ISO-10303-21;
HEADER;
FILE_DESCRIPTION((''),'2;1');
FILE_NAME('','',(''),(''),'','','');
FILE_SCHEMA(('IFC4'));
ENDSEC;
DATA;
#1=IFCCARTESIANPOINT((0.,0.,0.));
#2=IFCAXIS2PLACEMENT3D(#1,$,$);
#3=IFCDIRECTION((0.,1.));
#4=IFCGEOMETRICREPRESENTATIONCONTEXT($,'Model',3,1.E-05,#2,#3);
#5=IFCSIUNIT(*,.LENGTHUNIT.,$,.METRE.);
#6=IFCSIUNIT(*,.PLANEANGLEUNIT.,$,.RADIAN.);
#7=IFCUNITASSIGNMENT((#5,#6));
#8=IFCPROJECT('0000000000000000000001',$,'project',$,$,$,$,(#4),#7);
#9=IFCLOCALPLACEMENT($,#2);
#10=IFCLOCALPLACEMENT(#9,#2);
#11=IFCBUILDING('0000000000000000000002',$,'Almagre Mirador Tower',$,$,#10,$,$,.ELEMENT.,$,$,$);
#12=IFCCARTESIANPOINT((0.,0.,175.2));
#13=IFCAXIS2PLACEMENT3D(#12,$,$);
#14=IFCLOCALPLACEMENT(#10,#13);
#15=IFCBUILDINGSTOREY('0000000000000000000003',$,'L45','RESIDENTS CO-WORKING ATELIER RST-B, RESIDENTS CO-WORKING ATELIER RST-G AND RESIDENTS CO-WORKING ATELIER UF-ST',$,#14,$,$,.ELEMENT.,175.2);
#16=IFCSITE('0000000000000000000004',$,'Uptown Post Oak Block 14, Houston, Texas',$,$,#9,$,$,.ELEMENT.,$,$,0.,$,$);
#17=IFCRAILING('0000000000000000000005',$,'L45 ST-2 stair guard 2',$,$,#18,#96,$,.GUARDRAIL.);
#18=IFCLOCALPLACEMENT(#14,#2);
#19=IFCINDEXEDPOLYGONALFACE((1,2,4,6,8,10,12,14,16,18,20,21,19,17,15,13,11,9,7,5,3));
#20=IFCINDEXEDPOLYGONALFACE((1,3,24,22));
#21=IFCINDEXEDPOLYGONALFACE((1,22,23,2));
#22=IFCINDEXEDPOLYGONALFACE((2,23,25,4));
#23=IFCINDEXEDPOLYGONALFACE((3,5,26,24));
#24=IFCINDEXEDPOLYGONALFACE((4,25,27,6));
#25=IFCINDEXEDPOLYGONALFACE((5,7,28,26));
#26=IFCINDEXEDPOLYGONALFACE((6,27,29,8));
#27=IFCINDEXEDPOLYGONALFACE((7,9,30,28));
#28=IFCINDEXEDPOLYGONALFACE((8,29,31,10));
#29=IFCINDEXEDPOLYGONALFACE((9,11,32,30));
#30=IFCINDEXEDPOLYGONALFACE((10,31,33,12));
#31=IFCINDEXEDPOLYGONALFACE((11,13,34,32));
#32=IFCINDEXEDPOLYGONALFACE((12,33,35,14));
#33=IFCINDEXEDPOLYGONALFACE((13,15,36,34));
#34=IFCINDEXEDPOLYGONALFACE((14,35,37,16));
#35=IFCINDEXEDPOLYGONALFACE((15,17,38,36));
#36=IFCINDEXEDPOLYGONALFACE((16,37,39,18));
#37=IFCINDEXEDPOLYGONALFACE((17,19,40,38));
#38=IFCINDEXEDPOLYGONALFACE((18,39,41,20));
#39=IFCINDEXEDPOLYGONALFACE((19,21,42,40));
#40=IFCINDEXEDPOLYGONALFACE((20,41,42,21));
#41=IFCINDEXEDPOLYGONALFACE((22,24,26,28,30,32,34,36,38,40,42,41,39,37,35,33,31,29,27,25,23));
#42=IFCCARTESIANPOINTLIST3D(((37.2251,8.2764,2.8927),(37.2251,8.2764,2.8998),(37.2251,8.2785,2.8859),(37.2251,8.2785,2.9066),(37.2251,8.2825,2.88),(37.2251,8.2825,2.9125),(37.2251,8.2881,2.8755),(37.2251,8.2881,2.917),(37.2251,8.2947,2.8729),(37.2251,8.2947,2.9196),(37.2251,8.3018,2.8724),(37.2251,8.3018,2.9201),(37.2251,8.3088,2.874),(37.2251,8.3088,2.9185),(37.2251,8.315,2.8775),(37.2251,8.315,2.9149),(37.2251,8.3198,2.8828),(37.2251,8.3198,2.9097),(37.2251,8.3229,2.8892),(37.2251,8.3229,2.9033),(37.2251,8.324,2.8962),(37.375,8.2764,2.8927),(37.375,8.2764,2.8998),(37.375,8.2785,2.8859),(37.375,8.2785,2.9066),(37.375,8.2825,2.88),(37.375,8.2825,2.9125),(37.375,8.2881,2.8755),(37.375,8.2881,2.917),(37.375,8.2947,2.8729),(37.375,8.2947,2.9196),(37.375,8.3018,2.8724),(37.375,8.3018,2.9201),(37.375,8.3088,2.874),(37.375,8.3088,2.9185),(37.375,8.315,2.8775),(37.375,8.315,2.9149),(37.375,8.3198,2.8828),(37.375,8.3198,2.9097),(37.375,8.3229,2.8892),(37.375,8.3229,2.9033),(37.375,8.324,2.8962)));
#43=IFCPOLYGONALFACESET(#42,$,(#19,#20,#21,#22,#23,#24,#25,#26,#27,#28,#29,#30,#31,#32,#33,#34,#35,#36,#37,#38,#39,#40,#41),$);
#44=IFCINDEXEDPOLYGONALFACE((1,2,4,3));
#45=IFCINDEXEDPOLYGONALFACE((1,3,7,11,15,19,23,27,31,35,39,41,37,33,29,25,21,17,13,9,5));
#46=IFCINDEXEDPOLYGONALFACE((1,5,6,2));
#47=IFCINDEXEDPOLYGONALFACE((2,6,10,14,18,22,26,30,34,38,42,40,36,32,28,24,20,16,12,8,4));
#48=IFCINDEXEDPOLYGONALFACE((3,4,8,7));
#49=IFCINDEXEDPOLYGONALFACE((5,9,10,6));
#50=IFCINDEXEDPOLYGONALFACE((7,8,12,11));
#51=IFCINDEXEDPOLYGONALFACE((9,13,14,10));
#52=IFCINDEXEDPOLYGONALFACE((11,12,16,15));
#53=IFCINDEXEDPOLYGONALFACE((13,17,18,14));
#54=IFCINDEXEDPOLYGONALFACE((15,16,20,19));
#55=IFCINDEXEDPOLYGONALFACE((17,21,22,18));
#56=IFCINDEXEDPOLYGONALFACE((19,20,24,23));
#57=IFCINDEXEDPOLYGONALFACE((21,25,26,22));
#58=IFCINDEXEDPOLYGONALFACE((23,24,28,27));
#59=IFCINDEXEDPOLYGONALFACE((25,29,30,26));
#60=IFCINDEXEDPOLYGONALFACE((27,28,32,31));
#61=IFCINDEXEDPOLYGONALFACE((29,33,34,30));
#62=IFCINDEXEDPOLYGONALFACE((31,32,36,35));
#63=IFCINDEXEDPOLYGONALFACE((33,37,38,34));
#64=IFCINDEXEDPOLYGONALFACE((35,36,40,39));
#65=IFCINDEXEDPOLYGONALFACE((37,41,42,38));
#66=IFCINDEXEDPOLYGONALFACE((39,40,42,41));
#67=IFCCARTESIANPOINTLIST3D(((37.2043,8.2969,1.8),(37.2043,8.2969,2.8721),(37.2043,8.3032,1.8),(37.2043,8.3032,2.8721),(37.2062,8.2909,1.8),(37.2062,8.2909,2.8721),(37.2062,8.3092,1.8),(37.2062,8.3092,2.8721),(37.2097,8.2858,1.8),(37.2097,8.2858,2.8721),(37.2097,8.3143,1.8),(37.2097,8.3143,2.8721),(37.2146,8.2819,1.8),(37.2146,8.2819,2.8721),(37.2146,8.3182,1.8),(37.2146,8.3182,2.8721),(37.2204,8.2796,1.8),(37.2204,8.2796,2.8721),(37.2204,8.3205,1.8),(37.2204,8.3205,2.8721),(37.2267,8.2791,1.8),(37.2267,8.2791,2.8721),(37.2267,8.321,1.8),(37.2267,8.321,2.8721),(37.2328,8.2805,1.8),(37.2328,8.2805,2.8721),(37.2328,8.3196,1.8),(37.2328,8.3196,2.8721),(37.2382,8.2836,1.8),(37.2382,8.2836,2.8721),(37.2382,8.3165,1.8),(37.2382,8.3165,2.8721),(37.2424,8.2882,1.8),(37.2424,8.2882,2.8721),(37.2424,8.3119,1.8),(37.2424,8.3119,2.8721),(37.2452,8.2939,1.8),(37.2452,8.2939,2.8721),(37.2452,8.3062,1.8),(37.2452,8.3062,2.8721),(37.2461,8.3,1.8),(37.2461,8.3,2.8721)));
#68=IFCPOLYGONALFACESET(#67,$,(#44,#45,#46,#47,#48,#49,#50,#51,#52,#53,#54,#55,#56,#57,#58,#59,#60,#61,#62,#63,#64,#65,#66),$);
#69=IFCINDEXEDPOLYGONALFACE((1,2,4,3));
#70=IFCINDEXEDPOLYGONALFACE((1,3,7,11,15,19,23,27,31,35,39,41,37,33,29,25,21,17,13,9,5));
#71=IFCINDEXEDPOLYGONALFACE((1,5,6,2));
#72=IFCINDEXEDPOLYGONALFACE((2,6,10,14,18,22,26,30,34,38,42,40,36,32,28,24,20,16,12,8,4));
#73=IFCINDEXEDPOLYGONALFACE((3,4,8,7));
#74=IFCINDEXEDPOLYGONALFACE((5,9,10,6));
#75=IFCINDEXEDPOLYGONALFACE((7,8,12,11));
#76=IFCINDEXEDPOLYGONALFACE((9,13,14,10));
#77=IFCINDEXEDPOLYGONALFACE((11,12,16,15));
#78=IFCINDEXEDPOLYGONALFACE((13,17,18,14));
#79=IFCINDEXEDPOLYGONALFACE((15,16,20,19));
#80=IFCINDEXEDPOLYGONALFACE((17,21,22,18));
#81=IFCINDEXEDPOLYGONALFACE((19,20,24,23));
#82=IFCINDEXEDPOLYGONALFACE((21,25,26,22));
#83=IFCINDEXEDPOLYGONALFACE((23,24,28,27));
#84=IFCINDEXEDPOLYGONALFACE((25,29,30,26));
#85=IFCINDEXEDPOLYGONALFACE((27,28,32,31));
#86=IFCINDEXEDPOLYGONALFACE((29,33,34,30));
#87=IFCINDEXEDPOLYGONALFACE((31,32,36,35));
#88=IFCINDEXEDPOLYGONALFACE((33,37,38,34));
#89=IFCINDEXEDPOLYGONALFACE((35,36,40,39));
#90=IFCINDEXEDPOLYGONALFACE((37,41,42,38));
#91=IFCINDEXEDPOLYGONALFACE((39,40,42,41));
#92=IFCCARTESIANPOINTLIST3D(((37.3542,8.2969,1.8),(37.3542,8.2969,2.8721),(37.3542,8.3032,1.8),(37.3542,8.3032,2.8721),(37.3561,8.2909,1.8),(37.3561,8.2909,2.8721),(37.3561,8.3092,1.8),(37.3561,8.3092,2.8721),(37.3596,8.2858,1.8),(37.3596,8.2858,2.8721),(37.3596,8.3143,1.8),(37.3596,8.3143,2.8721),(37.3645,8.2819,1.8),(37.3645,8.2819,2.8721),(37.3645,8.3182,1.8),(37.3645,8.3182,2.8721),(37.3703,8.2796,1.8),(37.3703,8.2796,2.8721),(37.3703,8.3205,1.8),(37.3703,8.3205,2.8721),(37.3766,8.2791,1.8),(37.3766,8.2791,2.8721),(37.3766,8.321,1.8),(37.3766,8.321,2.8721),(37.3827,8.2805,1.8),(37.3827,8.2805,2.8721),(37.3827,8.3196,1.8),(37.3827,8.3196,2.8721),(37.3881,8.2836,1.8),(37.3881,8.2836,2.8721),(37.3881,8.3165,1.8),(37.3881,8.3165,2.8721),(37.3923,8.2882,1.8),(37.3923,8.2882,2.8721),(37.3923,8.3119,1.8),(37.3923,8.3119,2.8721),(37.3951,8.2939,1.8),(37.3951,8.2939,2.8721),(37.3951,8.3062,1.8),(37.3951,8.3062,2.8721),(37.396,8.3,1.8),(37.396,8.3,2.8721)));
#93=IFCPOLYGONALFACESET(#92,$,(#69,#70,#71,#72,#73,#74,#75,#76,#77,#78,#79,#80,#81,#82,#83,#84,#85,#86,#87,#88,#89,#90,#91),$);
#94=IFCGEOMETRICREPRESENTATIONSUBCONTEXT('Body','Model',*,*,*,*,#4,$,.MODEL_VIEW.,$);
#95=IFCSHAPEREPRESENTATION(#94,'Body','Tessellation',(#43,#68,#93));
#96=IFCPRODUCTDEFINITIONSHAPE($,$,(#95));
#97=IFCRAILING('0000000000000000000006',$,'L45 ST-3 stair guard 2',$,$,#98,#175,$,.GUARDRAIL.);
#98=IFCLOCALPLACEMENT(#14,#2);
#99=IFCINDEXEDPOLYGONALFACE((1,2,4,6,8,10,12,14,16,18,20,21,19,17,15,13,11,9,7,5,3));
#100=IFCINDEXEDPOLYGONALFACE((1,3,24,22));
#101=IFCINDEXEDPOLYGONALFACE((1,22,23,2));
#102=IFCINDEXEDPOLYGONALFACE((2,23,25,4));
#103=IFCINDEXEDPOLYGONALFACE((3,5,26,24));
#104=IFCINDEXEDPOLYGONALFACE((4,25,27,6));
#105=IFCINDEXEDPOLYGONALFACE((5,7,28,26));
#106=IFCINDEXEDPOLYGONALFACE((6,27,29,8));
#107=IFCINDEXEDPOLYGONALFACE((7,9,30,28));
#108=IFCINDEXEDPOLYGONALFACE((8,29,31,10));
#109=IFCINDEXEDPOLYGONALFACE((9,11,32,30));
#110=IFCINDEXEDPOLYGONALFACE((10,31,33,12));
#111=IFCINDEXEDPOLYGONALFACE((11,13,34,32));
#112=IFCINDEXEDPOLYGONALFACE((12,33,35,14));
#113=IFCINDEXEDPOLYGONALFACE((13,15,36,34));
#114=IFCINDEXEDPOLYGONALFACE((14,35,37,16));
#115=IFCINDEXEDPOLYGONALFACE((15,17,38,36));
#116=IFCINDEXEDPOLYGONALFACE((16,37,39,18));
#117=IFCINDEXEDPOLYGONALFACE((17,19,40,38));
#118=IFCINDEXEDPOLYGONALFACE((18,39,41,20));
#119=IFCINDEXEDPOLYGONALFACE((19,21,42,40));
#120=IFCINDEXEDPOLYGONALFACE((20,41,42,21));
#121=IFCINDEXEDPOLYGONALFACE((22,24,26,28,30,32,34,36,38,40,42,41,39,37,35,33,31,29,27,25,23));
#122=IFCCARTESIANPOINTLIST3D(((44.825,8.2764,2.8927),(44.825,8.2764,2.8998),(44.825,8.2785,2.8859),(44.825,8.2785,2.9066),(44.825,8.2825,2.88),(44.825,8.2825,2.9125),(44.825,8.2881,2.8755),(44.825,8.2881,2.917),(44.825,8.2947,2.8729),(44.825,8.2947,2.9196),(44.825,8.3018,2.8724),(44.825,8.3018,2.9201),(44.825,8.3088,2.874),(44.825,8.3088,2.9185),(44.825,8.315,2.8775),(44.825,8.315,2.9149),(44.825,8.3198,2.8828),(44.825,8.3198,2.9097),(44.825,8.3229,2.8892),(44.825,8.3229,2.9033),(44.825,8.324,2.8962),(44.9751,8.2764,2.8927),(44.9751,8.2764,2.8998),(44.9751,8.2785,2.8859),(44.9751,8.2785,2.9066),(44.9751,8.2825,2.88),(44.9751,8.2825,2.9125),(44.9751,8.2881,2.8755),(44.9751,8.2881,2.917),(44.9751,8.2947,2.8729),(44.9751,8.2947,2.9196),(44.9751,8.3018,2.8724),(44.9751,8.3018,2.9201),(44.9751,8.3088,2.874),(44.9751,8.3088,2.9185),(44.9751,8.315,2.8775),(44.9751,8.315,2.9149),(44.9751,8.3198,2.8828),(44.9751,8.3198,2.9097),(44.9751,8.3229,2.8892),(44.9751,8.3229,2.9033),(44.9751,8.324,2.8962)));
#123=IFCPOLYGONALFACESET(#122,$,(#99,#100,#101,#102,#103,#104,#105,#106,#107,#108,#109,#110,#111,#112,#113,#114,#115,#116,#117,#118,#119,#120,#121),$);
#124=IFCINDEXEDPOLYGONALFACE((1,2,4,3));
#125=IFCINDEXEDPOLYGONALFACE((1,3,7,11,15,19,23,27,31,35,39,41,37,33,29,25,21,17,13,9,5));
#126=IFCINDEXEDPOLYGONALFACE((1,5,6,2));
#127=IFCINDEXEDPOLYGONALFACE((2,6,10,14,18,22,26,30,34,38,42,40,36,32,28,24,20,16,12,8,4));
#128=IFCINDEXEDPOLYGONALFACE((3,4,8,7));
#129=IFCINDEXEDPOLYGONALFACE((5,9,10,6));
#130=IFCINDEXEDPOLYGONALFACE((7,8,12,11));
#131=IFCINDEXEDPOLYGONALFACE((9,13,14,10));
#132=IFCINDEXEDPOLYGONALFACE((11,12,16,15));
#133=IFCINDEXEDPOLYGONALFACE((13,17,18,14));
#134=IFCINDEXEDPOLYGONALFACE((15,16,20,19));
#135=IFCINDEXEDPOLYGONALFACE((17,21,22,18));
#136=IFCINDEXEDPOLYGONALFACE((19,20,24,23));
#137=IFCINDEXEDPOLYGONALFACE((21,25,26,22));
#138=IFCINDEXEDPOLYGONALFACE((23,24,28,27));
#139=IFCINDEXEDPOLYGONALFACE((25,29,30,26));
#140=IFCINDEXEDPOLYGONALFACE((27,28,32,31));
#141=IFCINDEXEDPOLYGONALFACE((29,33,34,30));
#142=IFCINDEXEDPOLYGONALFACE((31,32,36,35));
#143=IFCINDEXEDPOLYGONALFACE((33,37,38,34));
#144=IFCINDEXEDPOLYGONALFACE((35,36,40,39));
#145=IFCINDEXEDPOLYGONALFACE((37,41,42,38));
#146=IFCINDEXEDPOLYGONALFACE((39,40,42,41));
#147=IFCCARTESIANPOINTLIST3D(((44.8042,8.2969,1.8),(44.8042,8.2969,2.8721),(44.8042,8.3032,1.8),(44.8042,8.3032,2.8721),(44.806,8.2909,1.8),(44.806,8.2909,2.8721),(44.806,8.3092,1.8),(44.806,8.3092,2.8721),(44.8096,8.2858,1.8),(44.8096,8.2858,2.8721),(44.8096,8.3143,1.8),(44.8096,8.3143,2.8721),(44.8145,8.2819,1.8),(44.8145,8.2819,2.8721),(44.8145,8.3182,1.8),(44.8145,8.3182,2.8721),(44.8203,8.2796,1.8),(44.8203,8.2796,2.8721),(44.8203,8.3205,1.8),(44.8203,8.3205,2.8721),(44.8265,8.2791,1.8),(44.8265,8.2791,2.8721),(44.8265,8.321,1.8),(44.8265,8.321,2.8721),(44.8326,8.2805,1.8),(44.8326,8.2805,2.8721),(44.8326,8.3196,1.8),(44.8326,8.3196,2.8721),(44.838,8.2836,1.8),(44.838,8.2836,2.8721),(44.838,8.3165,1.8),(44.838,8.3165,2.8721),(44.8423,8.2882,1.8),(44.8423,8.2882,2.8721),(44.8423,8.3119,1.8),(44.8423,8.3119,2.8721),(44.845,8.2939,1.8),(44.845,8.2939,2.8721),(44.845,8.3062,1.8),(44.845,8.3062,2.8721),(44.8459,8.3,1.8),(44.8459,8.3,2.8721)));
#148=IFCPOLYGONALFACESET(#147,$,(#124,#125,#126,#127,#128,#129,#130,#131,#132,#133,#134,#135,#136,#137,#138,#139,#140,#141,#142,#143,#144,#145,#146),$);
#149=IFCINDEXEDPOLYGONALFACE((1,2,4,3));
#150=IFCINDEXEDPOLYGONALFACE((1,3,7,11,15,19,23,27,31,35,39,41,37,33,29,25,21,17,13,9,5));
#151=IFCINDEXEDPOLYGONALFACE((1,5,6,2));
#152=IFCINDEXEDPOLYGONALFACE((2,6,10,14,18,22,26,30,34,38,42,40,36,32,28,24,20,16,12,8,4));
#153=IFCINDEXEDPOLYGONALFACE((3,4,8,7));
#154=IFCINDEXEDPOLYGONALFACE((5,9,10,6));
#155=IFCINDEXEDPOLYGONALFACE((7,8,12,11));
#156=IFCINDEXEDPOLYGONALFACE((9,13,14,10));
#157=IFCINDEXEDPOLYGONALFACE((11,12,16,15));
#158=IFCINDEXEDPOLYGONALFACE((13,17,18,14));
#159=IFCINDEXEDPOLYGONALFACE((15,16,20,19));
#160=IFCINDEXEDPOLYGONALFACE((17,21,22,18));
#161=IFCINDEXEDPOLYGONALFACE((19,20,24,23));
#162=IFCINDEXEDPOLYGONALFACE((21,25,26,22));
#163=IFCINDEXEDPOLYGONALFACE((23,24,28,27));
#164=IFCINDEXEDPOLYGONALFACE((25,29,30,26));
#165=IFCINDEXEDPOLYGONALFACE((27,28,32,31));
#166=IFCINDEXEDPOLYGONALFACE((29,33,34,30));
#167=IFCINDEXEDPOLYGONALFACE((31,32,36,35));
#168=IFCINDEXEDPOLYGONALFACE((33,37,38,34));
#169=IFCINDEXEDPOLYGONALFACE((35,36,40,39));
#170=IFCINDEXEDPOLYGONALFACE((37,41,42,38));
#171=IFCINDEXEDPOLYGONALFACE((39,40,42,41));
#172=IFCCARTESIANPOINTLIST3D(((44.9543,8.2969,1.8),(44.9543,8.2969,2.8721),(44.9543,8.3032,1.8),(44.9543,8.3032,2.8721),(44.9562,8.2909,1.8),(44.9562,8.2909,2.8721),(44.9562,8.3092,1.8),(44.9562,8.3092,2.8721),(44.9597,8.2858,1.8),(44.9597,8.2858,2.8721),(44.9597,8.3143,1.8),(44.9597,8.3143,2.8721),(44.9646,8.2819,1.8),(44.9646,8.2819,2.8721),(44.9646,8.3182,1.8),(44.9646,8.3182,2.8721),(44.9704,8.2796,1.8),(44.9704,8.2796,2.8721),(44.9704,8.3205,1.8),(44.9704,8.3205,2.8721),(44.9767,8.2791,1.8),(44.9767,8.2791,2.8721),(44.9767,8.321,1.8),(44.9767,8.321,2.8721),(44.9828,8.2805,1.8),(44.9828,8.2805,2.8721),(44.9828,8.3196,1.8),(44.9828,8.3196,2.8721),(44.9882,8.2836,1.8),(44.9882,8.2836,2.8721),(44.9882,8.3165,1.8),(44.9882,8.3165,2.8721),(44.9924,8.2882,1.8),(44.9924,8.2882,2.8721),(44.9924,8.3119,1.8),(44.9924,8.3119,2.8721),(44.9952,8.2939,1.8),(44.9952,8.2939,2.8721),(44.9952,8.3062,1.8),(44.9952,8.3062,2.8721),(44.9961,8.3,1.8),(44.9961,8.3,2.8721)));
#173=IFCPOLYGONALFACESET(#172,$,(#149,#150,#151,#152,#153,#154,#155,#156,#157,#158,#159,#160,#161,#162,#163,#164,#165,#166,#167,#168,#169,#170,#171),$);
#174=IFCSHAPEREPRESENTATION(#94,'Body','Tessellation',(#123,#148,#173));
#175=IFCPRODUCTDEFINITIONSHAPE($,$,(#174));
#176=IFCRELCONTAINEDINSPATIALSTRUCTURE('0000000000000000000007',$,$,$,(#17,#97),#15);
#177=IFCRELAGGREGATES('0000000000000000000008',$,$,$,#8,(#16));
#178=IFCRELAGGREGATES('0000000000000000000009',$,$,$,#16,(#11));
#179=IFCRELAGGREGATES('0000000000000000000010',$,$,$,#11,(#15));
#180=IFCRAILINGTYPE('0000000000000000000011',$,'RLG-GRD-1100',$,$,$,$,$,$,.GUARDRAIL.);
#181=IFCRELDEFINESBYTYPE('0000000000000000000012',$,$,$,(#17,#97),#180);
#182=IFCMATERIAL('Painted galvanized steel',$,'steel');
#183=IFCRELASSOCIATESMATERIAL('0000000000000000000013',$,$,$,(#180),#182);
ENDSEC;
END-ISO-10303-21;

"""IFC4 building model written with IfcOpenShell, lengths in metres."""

from ifc_helpers import new_model, si_unit, direction, frame, origin, origin_2d, place, context, subcontext, project, spatial, circle, extrude, material, type_object, element, save


model = new_model("IFC4")

# Units and contexts
model_context = context("Model", 3, precision=1e-05, world=origin(), true_north=direction((0.0, 1.0)))
body_context = subcontext(model_context, "Body", "Model", "MODEL_VIEW")
ifc_project = project(units=[si_unit("LENGTHUNIT", "METRE"), si_unit("PLANEANGLEUNIT", "RADIAN")], contexts=[model_context])

# Site, building, storey
site_placement = place(None, origin())
site = spatial("IfcSite", under=ifc_project, at=site_placement, Name="Uptown Post Oak Block 14, Houston, Texas", CompositionType="ELEMENT", RefElevation=0.0)
building_placement = place(site_placement, origin())
building = spatial("IfcBuilding", under=site, at=building_placement, Name="Almagre Mirador Tower", CompositionType="ELEMENT")
storey_placement = place(building_placement, frame((0.0, 0.0, 175.2)))
storey = spatial("IfcBuildingStorey", under=building, at=storey_placement, Name="L45", Description="RESIDENTS CO-WORKING ATELIER RST-B, RESIDENTS CO-WORKING ATELIER RST-G AND RESIDENTS CO-WORKING ATELIER UF-ST", CompositionType="ELEMENT", Elevation=175.2)

# Railings
ifc_material_1 = material(Name="Painted galvanized steel", Category="steel")
railing_type = type_object("IfcRailingType", Name="RLG-GRD-1100", PredefinedType="GUARDRAIL", material=ifc_material_1)
railing_1_placement = place(storey_placement, frame((37.2251, 8.3, 1.8)))
element("IfcRailing", 1, at=railing_1_placement, inside=storey, type_object=railing_type, Name="L45 ST-2 stair guard 2", PredefinedType="GUARDRAIL", context=body_context, shape_type="SweptSolid", body=[
    extrude(circle(Radius=0.0239, at=origin_2d()), frame((0.0, 0.0, 1.0962), z_axis=(1.0, 0.0, 0.0), x_axis=(0.0, 1.0, 0.0)), (0.0, 0.0, 1.0), 0.1499),
    extrude(circle(Radius=0.021, at=origin_2d()), origin(), (0.0, 0.0, 1.0), 1.072),
    extrude(circle(Radius=0.021, at=origin_2d()), frame((0.1499, 0.0, 0.0)), (0.0, 0.0, 1.0), 1.072),
])
railing_2_placement = place(storey_placement, frame((44.825, 8.3, 1.8)))
element("IfcRailing", 2, at=railing_2_placement, inside=storey, type_object=railing_type, Name="L45 ST-3 stair guard 2", PredefinedType="GUARDRAIL", context=body_context, shape_type="SweptSolid", body=[
    extrude(circle(Radius=0.0239, at=origin_2d()), frame((0.0, 0.0, 1.0962), z_axis=(1.0, 0.0, 0.0), x_axis=(0.0, 1.0, 0.0)), (0.0, 0.0, 1.0), 0.1501),
    extrude(circle(Radius=0.021, at=origin_2d()), origin(), (0.0, 0.0, 1.0), 1.072),
    extrude(circle(Radius=0.021, at=origin_2d()), frame((0.1501, 0.0, 0.0)), (0.0, 0.0, 1.0), 1.072),
])

save(model, "model.ifc")
